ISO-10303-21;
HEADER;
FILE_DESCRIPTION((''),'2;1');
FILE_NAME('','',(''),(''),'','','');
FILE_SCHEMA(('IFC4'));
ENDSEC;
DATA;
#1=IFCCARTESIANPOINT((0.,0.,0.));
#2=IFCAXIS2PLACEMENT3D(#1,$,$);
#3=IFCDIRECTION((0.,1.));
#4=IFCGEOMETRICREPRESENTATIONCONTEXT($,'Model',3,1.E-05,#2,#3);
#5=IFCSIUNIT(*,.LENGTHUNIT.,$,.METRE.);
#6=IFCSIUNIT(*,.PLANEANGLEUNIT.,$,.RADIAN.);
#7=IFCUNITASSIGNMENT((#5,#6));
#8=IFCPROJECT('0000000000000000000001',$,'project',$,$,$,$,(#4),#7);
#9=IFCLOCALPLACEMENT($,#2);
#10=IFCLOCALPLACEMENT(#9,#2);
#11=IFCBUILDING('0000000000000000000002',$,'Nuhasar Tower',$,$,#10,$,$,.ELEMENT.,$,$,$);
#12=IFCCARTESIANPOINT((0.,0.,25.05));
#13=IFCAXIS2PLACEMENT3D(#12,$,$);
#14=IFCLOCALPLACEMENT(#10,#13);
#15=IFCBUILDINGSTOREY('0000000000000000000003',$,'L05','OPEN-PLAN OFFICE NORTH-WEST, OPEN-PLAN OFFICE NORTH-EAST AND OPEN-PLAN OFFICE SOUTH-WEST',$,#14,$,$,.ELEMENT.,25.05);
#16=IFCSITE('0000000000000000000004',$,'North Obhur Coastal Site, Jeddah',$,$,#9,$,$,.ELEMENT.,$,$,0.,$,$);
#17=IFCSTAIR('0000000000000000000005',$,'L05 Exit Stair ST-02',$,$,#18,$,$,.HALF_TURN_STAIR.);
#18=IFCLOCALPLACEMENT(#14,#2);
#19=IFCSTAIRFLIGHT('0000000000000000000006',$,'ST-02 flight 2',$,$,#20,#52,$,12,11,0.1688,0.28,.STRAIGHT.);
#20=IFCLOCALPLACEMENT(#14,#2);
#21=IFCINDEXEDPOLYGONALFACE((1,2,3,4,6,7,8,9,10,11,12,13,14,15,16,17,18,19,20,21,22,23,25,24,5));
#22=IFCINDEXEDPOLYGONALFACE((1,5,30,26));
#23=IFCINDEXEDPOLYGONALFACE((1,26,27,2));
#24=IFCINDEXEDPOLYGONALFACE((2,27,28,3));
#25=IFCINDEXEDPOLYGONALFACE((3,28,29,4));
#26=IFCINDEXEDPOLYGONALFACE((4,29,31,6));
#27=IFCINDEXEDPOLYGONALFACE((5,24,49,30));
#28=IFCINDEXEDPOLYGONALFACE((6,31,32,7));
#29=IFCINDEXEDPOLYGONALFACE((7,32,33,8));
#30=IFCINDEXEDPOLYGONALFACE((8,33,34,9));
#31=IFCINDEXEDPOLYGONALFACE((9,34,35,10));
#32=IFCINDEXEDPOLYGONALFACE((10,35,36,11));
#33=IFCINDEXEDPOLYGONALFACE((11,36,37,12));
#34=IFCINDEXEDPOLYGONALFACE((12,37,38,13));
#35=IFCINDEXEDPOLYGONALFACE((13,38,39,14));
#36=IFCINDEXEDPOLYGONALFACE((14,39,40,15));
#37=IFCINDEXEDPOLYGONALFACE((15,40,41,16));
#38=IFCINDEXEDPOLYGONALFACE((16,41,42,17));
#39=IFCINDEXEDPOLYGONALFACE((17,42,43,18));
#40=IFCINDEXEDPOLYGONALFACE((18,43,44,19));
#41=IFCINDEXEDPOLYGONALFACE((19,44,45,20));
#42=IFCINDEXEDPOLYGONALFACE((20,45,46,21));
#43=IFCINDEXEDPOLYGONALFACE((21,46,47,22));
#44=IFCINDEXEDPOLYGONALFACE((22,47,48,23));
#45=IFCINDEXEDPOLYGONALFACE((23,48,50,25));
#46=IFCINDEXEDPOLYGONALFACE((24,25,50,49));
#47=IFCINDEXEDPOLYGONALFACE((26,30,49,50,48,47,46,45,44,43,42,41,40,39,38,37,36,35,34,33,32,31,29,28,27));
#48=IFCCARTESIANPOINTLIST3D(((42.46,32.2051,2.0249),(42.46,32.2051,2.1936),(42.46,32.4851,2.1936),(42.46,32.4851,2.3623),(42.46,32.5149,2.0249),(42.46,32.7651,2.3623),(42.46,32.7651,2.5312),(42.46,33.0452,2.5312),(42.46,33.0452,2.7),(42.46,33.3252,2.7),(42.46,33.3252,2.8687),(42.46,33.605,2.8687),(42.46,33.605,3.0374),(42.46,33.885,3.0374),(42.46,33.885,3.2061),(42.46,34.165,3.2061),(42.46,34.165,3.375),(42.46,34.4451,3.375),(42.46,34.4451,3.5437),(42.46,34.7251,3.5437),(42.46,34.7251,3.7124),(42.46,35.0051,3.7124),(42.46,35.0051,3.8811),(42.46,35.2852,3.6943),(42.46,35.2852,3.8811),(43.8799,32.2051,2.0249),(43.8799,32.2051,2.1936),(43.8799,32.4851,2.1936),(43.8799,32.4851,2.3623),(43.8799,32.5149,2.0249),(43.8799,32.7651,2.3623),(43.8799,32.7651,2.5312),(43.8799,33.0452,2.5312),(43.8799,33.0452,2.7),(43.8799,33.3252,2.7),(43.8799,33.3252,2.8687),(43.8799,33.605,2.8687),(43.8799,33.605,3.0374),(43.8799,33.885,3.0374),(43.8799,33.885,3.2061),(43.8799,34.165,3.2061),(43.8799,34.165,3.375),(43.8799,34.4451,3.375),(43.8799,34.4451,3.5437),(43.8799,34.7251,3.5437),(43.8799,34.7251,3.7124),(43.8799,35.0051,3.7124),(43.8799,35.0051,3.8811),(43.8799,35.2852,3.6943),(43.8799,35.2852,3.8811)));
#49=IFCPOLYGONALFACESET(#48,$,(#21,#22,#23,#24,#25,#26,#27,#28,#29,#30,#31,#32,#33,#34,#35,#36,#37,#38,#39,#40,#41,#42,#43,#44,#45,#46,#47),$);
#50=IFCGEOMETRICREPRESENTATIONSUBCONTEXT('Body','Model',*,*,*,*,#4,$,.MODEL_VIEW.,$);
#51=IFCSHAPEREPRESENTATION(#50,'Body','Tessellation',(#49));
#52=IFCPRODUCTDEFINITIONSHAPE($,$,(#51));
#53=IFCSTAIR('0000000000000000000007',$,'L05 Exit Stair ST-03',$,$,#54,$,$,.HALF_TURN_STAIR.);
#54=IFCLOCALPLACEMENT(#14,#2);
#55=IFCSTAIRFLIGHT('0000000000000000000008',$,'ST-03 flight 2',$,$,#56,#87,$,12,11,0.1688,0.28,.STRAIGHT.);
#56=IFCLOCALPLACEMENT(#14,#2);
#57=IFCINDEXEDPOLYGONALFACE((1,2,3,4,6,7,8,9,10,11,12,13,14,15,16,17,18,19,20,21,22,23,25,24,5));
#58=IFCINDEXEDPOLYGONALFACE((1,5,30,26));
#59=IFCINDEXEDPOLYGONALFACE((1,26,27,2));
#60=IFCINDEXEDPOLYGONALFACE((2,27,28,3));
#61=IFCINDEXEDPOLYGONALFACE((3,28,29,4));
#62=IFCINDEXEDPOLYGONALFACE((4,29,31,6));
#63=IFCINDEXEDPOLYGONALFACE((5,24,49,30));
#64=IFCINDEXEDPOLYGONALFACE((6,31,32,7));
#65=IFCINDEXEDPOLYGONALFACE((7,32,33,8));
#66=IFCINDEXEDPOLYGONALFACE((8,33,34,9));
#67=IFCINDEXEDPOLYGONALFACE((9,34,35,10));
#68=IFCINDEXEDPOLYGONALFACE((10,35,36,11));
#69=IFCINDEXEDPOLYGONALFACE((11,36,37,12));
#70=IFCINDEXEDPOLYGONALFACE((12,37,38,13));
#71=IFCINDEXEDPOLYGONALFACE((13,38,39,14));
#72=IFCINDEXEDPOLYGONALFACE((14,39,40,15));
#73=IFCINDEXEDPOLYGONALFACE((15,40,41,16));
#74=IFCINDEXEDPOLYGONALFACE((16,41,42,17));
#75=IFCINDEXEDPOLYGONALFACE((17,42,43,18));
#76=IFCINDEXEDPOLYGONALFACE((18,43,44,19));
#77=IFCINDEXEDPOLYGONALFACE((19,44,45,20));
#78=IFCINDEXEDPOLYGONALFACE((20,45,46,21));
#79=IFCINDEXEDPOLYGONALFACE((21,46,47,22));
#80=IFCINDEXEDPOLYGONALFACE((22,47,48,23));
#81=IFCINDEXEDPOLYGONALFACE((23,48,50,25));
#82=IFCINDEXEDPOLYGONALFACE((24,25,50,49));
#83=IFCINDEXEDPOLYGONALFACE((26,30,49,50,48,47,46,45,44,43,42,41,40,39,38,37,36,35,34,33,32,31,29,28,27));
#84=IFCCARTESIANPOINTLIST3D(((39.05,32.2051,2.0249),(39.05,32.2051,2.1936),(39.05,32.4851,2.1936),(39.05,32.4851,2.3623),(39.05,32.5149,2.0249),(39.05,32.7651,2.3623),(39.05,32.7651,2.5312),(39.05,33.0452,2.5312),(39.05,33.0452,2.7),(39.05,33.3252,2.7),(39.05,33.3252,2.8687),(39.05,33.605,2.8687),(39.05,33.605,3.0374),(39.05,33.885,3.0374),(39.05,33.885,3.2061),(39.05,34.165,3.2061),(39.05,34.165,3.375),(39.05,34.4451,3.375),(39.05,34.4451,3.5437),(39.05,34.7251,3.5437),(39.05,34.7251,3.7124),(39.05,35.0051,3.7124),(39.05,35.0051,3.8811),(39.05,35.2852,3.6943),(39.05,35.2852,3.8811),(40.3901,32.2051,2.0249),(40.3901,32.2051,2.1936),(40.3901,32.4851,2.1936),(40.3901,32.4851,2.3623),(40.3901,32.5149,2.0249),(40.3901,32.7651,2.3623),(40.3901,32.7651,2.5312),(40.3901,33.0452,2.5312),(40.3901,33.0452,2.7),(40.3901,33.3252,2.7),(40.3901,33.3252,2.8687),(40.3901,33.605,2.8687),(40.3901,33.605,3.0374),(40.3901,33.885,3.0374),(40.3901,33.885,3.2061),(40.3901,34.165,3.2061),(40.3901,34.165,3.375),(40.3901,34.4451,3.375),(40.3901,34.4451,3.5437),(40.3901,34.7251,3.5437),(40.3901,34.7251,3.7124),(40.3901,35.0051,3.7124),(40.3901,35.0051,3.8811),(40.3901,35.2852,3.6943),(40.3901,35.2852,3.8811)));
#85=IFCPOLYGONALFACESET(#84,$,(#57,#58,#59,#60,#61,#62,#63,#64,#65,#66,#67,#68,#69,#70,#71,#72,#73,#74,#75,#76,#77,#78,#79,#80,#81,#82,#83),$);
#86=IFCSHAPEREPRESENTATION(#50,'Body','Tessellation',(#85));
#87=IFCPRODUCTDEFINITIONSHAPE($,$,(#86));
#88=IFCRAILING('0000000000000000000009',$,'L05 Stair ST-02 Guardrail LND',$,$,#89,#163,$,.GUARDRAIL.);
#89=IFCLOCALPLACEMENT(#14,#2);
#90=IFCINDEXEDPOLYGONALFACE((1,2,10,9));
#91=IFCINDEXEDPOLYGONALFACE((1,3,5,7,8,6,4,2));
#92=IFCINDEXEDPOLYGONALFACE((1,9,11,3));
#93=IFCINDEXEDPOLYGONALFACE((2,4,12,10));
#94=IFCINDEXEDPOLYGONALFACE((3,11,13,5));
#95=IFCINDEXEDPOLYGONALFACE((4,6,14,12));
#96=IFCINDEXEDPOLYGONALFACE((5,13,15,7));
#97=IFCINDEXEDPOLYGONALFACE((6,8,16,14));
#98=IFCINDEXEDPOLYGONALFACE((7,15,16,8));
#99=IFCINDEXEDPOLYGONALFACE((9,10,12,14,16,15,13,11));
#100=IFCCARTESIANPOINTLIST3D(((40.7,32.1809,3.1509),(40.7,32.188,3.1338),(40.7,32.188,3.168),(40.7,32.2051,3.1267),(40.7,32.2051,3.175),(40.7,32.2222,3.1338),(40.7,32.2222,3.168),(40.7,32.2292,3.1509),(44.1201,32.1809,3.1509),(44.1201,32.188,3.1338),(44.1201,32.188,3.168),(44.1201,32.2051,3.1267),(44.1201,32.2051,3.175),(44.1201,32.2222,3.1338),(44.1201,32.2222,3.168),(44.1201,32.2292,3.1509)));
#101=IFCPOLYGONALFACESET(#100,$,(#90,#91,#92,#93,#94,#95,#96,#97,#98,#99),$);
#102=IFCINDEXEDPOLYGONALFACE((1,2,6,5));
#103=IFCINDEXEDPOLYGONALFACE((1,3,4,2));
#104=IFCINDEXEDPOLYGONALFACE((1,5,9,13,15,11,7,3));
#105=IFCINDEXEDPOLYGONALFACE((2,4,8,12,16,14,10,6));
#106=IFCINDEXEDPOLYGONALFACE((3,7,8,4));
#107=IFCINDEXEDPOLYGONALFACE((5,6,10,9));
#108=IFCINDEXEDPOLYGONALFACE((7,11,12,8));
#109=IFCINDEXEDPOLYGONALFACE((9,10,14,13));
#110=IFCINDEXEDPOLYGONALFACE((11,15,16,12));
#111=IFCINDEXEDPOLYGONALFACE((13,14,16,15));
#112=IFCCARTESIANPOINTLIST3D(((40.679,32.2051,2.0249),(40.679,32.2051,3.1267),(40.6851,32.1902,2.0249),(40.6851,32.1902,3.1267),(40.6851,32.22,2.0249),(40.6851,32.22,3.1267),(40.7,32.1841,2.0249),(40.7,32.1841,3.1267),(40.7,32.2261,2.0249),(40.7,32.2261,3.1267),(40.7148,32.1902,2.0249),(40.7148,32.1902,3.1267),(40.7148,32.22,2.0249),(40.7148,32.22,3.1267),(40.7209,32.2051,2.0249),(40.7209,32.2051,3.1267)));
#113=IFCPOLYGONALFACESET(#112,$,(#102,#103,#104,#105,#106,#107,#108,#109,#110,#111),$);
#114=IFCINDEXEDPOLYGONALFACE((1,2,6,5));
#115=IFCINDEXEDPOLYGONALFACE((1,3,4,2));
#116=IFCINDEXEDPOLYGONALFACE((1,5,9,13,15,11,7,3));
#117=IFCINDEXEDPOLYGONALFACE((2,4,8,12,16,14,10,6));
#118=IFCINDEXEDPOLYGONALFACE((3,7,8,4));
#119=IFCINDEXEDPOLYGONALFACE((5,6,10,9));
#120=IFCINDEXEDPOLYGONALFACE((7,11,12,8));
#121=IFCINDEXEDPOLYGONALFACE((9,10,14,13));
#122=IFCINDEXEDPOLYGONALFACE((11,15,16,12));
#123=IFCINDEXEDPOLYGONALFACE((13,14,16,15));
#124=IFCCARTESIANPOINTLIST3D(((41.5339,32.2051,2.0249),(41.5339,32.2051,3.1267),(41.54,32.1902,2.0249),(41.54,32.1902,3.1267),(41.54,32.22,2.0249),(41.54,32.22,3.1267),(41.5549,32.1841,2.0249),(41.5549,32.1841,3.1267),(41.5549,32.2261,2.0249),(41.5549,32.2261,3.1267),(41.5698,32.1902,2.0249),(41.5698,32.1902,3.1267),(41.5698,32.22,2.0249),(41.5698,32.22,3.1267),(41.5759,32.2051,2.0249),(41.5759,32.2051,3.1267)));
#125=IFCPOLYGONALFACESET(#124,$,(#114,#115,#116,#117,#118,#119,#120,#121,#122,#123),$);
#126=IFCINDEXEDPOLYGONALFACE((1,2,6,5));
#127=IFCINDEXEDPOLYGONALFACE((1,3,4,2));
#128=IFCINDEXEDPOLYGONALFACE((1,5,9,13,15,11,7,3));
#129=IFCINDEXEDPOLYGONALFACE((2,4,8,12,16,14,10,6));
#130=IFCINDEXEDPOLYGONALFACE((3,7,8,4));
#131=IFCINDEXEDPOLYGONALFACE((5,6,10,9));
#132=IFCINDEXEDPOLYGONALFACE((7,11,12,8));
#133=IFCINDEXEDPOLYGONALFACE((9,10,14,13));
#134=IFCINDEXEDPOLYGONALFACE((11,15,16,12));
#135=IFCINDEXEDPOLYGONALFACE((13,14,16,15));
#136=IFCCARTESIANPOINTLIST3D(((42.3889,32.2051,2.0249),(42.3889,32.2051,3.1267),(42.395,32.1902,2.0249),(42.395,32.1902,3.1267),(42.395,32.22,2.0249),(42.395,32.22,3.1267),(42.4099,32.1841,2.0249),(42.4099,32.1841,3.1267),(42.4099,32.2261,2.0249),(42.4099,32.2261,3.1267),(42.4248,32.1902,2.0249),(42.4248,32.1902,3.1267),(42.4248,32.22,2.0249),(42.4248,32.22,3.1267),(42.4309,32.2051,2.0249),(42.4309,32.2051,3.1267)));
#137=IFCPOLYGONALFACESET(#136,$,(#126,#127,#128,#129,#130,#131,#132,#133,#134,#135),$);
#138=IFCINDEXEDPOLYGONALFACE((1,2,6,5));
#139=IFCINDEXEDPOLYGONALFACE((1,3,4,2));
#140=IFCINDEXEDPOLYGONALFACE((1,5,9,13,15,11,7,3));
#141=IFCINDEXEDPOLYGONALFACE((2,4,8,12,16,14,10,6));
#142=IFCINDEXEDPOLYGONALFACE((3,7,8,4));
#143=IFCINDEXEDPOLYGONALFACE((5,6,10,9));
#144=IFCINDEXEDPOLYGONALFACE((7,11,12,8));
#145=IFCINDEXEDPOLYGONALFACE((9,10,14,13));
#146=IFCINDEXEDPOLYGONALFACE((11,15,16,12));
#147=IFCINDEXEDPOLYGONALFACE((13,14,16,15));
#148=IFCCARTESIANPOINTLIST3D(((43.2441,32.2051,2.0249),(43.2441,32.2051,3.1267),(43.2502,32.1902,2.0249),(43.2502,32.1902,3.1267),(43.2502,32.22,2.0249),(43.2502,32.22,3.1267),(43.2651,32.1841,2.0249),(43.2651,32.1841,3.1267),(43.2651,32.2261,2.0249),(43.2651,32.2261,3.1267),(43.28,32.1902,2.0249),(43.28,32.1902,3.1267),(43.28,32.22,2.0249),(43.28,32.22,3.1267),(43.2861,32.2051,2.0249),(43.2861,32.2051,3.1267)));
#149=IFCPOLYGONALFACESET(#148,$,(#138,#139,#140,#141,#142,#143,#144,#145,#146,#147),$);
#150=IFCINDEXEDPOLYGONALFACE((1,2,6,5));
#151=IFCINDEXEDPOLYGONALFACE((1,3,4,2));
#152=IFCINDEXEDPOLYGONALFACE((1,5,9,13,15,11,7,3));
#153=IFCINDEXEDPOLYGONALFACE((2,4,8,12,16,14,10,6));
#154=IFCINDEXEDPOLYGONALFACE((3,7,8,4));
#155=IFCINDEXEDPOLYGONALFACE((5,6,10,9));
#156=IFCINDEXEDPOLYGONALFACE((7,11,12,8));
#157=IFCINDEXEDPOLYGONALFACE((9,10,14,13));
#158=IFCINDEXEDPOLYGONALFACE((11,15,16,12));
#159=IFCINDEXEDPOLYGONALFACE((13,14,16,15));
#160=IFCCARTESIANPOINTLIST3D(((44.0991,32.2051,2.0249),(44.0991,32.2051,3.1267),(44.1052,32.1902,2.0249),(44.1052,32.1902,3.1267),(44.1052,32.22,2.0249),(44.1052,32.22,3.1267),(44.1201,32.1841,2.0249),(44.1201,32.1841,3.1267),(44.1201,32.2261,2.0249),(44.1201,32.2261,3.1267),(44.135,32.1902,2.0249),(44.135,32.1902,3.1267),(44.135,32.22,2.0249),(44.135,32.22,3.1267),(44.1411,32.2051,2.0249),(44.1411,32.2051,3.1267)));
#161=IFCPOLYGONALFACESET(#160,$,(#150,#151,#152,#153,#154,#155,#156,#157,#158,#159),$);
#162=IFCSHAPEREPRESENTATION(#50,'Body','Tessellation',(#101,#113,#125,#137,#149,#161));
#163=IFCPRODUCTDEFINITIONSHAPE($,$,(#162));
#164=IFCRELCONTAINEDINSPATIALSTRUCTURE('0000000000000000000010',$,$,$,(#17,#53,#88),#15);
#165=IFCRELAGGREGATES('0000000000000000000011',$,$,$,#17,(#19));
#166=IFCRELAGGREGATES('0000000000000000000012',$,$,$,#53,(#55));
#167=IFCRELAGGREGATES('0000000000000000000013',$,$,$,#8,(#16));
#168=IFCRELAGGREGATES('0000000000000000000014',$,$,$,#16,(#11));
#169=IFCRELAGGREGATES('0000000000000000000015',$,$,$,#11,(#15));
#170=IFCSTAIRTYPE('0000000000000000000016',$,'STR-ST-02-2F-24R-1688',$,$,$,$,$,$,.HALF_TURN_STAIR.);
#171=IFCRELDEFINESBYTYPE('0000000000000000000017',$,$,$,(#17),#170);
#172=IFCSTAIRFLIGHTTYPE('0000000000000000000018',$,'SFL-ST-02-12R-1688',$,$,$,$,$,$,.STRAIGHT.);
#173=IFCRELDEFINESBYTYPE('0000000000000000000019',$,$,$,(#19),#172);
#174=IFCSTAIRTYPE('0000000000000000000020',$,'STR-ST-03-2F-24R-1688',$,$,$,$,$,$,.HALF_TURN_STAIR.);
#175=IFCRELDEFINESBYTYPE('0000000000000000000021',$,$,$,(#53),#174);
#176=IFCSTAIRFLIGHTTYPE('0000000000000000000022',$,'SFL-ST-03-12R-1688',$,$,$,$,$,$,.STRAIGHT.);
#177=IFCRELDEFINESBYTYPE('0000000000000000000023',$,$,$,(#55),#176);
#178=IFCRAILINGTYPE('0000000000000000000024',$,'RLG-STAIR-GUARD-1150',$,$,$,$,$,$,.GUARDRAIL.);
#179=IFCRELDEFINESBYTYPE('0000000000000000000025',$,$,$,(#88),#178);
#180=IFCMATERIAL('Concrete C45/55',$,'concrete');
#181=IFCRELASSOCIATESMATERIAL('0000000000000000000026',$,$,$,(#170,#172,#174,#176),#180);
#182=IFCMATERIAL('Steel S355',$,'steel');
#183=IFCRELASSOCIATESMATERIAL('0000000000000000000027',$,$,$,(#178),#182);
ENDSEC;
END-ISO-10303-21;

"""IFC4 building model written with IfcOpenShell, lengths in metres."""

from ifc_helpers import new_model, si_unit, direction, frame, origin, place, context, subcontext, project, spatial, polyline, outline, extrude, material, type_object, element, aggregate, save


model = new_model("IFC4")

# Units and contexts
model_context = context("Model", 3, precision=1e-05, world=origin(), true_north=direction((0.0, 1.0)))
body_context = subcontext(model_context, "Body", "Model", "MODEL_VIEW")
ifc_project = project(units=[si_unit("LENGTHUNIT", "METRE"), si_unit("PLANEANGLEUNIT", "RADIAN")], contexts=[model_context])

# Site, building, storey
site_placement = place(None, origin())
site = spatial("IfcSite", under=ifc_project, at=site_placement, Name="North Obhur Coastal Site, Jeddah", CompositionType="ELEMENT", RefElevation=0.0)
building_placement = place(site_placement, origin())
building = spatial("IfcBuilding", under=site, at=building_placement, Name="Nuhasar Tower", CompositionType="ELEMENT")
storey_placement = place(building_placement, frame((0.0, 0.0, 25.05)))
storey = spatial("IfcBuildingStorey", under=building, at=storey_placement, Name="L05", Description="OPEN-PLAN OFFICE NORTH-WEST, OPEN-PLAN OFFICE NORTH-EAST AND OPEN-PLAN OFFICE SOUTH-WEST", CompositionType="ELEMENT", Elevation=25.05)

# Shared definitions
ifc_material_1 = material(Name="Steel S355", Category="steel")

# Shared definitions
ifc_material_2 = material(Name="Concrete C45/55", Category="concrete")

# Stair, stair flight
stair_type_1 = type_object("IfcStairType", Name="STR-ST-02-2F-24R-1688", PredefinedType="HALF_TURN_STAIR", material=ifc_material_2)
stair_1_placement = place(storey_placement, origin())
stair_1 = element("IfcStair", 1, at=stair_1_placement, inside=storey, type_object=stair_type_1, Name="L05 Exit Stair ST-02", PredefinedType="HALF_TURN_STAIR")
stair_flight_type_1 = type_object("IfcStairFlightType", Name="SFL-ST-02-12R-1688", PredefinedType="STRAIGHT", material=ifc_material_2)
stair_flight_1_placement = place(storey_placement, frame((43.1699, 32.2051, 2.0249), z_axis=(0.0, 0.0, 1.0), x_axis=(0.0, 1.0, 0.0)))
stair_flight_1 = element("IfcStairFlight", 2, at=stair_flight_1_placement, type_object=stair_flight_type_1, Name="ST-02 flight 2", NumberOfRisers=12, NumberOfTreads=11, PredefinedType="STRAIGHT", RiserHeight=0.1688, TreadLength=0.28, context=body_context, shape_type="SweptSolid", body=[
    extrude(outline(polyline([(0.0, 0.0), (0.0, 0.1687), (0.28, 0.1687), (0.28, 0.3374), (0.5601, 0.3374), (0.5601, 0.5063), (0.8401, 0.5063), (0.8401, 0.675), (1.1201, 0.675), (1.1201, 0.8438), (1.3999, 0.8438), (1.3999, 1.0125), (1.6799, 1.0125), (1.6799, 1.1812), (1.96, 1.1812), (1.96, 1.3501), (2.24, 1.3501), (2.24, 1.5188), (2.52, 1.5188), (2.52, 1.6875), (2.8, 1.6875), (2.8, 1.8562), (3.0801, 1.8562), (3.0801, 2.0249), (3.0801, 1.6694), (0.3098, 0.0), (0.0, 0.0)])), frame((0.0, 0.71, 0.0), z_axis=(0.0, -1.0, 0.0), x_axis=(1.0, 0.0, 0.0)), (0.0, 0.0, 1.0), 1.4199),
])
aggregate(stair_1, [stair_flight_1])

# Stair, stair flight
stair_type_2 = type_object("IfcStairType", Name="STR-ST-03-2F-24R-1688", PredefinedType="HALF_TURN_STAIR", material=ifc_material_2)
stair_2_placement = place(storey_placement, origin())
stair_2 = element("IfcStair", 3, at=stair_2_placement, inside=storey, type_object=stair_type_2, Name="L05 Exit Stair ST-03", PredefinedType="HALF_TURN_STAIR")
stair_flight_type_2 = type_object("IfcStairFlightType", Name="SFL-ST-03-12R-1688", PredefinedType="STRAIGHT", material=ifc_material_2)
stair_flight_2_placement = place(storey_placement, frame((39.72, 32.2051, 2.0249), z_axis=(0.0, 0.0, 1.0), x_axis=(0.0, 1.0, 0.0)))
stair_flight_2 = element("IfcStairFlight", 4, at=stair_flight_2_placement, type_object=stair_flight_type_2, Name="ST-03 flight 2", NumberOfRisers=12, NumberOfTreads=11, PredefinedType="STRAIGHT", RiserHeight=0.1688, TreadLength=0.28, context=body_context, shape_type="SweptSolid", body=[
    extrude(outline(polyline([(0.0, 0.0), (0.0, 0.1687), (0.28, 0.1687), (0.28, 0.3374), (0.5601, 0.3374), (0.5601, 0.5063), (0.8401, 0.5063), (0.8401, 0.675), (1.1201, 0.675), (1.1201, 0.8438), (1.3999, 0.8438), (1.3999, 1.0125), (1.6799, 1.0125), (1.6799, 1.1812), (1.96, 1.1812), (1.96, 1.3501), (2.24, 1.3501), (2.24, 1.5188), (2.52, 1.5188), (2.52, 1.6875), (2.8, 1.6875), (2.8, 1.8562), (3.0801, 1.8562), (3.0801, 2.0249), (3.0801, 1.6694), (0.3098, 0.0), (0.0, 0.0)])), frame((0.0, 0.6699, 0.0), z_axis=(0.0, -1.0, 0.0), x_axis=(1.0, 0.0, 0.0)), (0.0, 0.0, 1.0), 1.3401),
])
aggregate(stair_2, [stair_flight_2])

# Railing
railing_type_1 = type_object("IfcRailingType", Name="RLG-STAIR-GUARD-1150", PredefinedType="GUARDRAIL", material=ifc_material_1)
railing_1_placement = place(storey_placement, frame((40.7, 32.2051, 2.0249)))
element("IfcRailing", 5, at=railing_1_placement, inside=storey, type_object=railing_type_1, Name="L05 Stair ST-02 Guardrail LND", PredefinedType="GUARDRAIL", context=body_context, shape_type="SweptSolid", body=[
    extrude(outline(polyline([(0.0242, 0.0), (0.0171, 0.0171), (0.0, 0.0242), (-0.0171, 0.0171), (-0.0242, 0.0), (-0.0171, -0.0171), (0.0, -0.0242), (0.0171, -0.0171), (0.0242, 0.0)])), frame((0.0, 0.0, 1.126), z_axis=(1.0, 0.0, 0.0), x_axis=(0.0, 1.0, 0.0)), (0.0, 0.0, 1.0), 3.4202),
    extrude(outline(polyline([(0.021, 0.0), (0.0149, 0.0149), (0.0, 0.021), (-0.0149, 0.0149), (-0.021, 0.0), (-0.0149, -0.0149), (0.0, -0.021), (0.0149, -0.0149), (0.021, 0.0)])), origin(), (0.0, 0.0, 1.0), 1.1018),
    extrude(outline(polyline([(0.021, 0.0), (0.0149, 0.0149), (0.0, 0.021), (-0.0149, 0.0149), (-0.021, 0.0), (-0.0149, -0.0149), (0.0, -0.021), (0.0149, -0.0149), (0.021, 0.0)])), frame((0.855, 0.0, 0.0)), (0.0, 0.0, 1.0), 1.1018),
    extrude(outline(polyline([(0.021, 0.0), (0.0149, 0.0149), (0.0, 0.021), (-0.0149, 0.0149), (-0.021, 0.0), (-0.0149, -0.0149), (0.0, -0.021), (0.0149, -0.0149), (0.021, 0.0)])), frame((1.71, 0.0, 0.0)), (0.0, 0.0, 1.0), 1.1018),
    extrude(outline(polyline([(0.021, 0.0), (0.0149, 0.0149), (0.0, 0.021), (-0.0149, 0.0149), (-0.021, 0.0), (-0.0149, -0.0149), (0.0, -0.021), (0.0149, -0.0149), (0.021, 0.0)])), frame((2.5652, 0.0, 0.0)), (0.0, 0.0, 1.0), 1.1018),
    extrude(outline(polyline([(0.021, 0.0), (0.0149, 0.0149), (0.0, 0.021), (-0.0149, 0.0149), (-0.021, 0.0), (-0.0149, -0.0149), (0.0, -0.021), (0.0149, -0.0149), (0.021, 0.0)])), frame((3.4202, 0.0, 0.0)), (0.0, 0.0, 1.0), 1.1018),
])

save(model, "model.ifc")
